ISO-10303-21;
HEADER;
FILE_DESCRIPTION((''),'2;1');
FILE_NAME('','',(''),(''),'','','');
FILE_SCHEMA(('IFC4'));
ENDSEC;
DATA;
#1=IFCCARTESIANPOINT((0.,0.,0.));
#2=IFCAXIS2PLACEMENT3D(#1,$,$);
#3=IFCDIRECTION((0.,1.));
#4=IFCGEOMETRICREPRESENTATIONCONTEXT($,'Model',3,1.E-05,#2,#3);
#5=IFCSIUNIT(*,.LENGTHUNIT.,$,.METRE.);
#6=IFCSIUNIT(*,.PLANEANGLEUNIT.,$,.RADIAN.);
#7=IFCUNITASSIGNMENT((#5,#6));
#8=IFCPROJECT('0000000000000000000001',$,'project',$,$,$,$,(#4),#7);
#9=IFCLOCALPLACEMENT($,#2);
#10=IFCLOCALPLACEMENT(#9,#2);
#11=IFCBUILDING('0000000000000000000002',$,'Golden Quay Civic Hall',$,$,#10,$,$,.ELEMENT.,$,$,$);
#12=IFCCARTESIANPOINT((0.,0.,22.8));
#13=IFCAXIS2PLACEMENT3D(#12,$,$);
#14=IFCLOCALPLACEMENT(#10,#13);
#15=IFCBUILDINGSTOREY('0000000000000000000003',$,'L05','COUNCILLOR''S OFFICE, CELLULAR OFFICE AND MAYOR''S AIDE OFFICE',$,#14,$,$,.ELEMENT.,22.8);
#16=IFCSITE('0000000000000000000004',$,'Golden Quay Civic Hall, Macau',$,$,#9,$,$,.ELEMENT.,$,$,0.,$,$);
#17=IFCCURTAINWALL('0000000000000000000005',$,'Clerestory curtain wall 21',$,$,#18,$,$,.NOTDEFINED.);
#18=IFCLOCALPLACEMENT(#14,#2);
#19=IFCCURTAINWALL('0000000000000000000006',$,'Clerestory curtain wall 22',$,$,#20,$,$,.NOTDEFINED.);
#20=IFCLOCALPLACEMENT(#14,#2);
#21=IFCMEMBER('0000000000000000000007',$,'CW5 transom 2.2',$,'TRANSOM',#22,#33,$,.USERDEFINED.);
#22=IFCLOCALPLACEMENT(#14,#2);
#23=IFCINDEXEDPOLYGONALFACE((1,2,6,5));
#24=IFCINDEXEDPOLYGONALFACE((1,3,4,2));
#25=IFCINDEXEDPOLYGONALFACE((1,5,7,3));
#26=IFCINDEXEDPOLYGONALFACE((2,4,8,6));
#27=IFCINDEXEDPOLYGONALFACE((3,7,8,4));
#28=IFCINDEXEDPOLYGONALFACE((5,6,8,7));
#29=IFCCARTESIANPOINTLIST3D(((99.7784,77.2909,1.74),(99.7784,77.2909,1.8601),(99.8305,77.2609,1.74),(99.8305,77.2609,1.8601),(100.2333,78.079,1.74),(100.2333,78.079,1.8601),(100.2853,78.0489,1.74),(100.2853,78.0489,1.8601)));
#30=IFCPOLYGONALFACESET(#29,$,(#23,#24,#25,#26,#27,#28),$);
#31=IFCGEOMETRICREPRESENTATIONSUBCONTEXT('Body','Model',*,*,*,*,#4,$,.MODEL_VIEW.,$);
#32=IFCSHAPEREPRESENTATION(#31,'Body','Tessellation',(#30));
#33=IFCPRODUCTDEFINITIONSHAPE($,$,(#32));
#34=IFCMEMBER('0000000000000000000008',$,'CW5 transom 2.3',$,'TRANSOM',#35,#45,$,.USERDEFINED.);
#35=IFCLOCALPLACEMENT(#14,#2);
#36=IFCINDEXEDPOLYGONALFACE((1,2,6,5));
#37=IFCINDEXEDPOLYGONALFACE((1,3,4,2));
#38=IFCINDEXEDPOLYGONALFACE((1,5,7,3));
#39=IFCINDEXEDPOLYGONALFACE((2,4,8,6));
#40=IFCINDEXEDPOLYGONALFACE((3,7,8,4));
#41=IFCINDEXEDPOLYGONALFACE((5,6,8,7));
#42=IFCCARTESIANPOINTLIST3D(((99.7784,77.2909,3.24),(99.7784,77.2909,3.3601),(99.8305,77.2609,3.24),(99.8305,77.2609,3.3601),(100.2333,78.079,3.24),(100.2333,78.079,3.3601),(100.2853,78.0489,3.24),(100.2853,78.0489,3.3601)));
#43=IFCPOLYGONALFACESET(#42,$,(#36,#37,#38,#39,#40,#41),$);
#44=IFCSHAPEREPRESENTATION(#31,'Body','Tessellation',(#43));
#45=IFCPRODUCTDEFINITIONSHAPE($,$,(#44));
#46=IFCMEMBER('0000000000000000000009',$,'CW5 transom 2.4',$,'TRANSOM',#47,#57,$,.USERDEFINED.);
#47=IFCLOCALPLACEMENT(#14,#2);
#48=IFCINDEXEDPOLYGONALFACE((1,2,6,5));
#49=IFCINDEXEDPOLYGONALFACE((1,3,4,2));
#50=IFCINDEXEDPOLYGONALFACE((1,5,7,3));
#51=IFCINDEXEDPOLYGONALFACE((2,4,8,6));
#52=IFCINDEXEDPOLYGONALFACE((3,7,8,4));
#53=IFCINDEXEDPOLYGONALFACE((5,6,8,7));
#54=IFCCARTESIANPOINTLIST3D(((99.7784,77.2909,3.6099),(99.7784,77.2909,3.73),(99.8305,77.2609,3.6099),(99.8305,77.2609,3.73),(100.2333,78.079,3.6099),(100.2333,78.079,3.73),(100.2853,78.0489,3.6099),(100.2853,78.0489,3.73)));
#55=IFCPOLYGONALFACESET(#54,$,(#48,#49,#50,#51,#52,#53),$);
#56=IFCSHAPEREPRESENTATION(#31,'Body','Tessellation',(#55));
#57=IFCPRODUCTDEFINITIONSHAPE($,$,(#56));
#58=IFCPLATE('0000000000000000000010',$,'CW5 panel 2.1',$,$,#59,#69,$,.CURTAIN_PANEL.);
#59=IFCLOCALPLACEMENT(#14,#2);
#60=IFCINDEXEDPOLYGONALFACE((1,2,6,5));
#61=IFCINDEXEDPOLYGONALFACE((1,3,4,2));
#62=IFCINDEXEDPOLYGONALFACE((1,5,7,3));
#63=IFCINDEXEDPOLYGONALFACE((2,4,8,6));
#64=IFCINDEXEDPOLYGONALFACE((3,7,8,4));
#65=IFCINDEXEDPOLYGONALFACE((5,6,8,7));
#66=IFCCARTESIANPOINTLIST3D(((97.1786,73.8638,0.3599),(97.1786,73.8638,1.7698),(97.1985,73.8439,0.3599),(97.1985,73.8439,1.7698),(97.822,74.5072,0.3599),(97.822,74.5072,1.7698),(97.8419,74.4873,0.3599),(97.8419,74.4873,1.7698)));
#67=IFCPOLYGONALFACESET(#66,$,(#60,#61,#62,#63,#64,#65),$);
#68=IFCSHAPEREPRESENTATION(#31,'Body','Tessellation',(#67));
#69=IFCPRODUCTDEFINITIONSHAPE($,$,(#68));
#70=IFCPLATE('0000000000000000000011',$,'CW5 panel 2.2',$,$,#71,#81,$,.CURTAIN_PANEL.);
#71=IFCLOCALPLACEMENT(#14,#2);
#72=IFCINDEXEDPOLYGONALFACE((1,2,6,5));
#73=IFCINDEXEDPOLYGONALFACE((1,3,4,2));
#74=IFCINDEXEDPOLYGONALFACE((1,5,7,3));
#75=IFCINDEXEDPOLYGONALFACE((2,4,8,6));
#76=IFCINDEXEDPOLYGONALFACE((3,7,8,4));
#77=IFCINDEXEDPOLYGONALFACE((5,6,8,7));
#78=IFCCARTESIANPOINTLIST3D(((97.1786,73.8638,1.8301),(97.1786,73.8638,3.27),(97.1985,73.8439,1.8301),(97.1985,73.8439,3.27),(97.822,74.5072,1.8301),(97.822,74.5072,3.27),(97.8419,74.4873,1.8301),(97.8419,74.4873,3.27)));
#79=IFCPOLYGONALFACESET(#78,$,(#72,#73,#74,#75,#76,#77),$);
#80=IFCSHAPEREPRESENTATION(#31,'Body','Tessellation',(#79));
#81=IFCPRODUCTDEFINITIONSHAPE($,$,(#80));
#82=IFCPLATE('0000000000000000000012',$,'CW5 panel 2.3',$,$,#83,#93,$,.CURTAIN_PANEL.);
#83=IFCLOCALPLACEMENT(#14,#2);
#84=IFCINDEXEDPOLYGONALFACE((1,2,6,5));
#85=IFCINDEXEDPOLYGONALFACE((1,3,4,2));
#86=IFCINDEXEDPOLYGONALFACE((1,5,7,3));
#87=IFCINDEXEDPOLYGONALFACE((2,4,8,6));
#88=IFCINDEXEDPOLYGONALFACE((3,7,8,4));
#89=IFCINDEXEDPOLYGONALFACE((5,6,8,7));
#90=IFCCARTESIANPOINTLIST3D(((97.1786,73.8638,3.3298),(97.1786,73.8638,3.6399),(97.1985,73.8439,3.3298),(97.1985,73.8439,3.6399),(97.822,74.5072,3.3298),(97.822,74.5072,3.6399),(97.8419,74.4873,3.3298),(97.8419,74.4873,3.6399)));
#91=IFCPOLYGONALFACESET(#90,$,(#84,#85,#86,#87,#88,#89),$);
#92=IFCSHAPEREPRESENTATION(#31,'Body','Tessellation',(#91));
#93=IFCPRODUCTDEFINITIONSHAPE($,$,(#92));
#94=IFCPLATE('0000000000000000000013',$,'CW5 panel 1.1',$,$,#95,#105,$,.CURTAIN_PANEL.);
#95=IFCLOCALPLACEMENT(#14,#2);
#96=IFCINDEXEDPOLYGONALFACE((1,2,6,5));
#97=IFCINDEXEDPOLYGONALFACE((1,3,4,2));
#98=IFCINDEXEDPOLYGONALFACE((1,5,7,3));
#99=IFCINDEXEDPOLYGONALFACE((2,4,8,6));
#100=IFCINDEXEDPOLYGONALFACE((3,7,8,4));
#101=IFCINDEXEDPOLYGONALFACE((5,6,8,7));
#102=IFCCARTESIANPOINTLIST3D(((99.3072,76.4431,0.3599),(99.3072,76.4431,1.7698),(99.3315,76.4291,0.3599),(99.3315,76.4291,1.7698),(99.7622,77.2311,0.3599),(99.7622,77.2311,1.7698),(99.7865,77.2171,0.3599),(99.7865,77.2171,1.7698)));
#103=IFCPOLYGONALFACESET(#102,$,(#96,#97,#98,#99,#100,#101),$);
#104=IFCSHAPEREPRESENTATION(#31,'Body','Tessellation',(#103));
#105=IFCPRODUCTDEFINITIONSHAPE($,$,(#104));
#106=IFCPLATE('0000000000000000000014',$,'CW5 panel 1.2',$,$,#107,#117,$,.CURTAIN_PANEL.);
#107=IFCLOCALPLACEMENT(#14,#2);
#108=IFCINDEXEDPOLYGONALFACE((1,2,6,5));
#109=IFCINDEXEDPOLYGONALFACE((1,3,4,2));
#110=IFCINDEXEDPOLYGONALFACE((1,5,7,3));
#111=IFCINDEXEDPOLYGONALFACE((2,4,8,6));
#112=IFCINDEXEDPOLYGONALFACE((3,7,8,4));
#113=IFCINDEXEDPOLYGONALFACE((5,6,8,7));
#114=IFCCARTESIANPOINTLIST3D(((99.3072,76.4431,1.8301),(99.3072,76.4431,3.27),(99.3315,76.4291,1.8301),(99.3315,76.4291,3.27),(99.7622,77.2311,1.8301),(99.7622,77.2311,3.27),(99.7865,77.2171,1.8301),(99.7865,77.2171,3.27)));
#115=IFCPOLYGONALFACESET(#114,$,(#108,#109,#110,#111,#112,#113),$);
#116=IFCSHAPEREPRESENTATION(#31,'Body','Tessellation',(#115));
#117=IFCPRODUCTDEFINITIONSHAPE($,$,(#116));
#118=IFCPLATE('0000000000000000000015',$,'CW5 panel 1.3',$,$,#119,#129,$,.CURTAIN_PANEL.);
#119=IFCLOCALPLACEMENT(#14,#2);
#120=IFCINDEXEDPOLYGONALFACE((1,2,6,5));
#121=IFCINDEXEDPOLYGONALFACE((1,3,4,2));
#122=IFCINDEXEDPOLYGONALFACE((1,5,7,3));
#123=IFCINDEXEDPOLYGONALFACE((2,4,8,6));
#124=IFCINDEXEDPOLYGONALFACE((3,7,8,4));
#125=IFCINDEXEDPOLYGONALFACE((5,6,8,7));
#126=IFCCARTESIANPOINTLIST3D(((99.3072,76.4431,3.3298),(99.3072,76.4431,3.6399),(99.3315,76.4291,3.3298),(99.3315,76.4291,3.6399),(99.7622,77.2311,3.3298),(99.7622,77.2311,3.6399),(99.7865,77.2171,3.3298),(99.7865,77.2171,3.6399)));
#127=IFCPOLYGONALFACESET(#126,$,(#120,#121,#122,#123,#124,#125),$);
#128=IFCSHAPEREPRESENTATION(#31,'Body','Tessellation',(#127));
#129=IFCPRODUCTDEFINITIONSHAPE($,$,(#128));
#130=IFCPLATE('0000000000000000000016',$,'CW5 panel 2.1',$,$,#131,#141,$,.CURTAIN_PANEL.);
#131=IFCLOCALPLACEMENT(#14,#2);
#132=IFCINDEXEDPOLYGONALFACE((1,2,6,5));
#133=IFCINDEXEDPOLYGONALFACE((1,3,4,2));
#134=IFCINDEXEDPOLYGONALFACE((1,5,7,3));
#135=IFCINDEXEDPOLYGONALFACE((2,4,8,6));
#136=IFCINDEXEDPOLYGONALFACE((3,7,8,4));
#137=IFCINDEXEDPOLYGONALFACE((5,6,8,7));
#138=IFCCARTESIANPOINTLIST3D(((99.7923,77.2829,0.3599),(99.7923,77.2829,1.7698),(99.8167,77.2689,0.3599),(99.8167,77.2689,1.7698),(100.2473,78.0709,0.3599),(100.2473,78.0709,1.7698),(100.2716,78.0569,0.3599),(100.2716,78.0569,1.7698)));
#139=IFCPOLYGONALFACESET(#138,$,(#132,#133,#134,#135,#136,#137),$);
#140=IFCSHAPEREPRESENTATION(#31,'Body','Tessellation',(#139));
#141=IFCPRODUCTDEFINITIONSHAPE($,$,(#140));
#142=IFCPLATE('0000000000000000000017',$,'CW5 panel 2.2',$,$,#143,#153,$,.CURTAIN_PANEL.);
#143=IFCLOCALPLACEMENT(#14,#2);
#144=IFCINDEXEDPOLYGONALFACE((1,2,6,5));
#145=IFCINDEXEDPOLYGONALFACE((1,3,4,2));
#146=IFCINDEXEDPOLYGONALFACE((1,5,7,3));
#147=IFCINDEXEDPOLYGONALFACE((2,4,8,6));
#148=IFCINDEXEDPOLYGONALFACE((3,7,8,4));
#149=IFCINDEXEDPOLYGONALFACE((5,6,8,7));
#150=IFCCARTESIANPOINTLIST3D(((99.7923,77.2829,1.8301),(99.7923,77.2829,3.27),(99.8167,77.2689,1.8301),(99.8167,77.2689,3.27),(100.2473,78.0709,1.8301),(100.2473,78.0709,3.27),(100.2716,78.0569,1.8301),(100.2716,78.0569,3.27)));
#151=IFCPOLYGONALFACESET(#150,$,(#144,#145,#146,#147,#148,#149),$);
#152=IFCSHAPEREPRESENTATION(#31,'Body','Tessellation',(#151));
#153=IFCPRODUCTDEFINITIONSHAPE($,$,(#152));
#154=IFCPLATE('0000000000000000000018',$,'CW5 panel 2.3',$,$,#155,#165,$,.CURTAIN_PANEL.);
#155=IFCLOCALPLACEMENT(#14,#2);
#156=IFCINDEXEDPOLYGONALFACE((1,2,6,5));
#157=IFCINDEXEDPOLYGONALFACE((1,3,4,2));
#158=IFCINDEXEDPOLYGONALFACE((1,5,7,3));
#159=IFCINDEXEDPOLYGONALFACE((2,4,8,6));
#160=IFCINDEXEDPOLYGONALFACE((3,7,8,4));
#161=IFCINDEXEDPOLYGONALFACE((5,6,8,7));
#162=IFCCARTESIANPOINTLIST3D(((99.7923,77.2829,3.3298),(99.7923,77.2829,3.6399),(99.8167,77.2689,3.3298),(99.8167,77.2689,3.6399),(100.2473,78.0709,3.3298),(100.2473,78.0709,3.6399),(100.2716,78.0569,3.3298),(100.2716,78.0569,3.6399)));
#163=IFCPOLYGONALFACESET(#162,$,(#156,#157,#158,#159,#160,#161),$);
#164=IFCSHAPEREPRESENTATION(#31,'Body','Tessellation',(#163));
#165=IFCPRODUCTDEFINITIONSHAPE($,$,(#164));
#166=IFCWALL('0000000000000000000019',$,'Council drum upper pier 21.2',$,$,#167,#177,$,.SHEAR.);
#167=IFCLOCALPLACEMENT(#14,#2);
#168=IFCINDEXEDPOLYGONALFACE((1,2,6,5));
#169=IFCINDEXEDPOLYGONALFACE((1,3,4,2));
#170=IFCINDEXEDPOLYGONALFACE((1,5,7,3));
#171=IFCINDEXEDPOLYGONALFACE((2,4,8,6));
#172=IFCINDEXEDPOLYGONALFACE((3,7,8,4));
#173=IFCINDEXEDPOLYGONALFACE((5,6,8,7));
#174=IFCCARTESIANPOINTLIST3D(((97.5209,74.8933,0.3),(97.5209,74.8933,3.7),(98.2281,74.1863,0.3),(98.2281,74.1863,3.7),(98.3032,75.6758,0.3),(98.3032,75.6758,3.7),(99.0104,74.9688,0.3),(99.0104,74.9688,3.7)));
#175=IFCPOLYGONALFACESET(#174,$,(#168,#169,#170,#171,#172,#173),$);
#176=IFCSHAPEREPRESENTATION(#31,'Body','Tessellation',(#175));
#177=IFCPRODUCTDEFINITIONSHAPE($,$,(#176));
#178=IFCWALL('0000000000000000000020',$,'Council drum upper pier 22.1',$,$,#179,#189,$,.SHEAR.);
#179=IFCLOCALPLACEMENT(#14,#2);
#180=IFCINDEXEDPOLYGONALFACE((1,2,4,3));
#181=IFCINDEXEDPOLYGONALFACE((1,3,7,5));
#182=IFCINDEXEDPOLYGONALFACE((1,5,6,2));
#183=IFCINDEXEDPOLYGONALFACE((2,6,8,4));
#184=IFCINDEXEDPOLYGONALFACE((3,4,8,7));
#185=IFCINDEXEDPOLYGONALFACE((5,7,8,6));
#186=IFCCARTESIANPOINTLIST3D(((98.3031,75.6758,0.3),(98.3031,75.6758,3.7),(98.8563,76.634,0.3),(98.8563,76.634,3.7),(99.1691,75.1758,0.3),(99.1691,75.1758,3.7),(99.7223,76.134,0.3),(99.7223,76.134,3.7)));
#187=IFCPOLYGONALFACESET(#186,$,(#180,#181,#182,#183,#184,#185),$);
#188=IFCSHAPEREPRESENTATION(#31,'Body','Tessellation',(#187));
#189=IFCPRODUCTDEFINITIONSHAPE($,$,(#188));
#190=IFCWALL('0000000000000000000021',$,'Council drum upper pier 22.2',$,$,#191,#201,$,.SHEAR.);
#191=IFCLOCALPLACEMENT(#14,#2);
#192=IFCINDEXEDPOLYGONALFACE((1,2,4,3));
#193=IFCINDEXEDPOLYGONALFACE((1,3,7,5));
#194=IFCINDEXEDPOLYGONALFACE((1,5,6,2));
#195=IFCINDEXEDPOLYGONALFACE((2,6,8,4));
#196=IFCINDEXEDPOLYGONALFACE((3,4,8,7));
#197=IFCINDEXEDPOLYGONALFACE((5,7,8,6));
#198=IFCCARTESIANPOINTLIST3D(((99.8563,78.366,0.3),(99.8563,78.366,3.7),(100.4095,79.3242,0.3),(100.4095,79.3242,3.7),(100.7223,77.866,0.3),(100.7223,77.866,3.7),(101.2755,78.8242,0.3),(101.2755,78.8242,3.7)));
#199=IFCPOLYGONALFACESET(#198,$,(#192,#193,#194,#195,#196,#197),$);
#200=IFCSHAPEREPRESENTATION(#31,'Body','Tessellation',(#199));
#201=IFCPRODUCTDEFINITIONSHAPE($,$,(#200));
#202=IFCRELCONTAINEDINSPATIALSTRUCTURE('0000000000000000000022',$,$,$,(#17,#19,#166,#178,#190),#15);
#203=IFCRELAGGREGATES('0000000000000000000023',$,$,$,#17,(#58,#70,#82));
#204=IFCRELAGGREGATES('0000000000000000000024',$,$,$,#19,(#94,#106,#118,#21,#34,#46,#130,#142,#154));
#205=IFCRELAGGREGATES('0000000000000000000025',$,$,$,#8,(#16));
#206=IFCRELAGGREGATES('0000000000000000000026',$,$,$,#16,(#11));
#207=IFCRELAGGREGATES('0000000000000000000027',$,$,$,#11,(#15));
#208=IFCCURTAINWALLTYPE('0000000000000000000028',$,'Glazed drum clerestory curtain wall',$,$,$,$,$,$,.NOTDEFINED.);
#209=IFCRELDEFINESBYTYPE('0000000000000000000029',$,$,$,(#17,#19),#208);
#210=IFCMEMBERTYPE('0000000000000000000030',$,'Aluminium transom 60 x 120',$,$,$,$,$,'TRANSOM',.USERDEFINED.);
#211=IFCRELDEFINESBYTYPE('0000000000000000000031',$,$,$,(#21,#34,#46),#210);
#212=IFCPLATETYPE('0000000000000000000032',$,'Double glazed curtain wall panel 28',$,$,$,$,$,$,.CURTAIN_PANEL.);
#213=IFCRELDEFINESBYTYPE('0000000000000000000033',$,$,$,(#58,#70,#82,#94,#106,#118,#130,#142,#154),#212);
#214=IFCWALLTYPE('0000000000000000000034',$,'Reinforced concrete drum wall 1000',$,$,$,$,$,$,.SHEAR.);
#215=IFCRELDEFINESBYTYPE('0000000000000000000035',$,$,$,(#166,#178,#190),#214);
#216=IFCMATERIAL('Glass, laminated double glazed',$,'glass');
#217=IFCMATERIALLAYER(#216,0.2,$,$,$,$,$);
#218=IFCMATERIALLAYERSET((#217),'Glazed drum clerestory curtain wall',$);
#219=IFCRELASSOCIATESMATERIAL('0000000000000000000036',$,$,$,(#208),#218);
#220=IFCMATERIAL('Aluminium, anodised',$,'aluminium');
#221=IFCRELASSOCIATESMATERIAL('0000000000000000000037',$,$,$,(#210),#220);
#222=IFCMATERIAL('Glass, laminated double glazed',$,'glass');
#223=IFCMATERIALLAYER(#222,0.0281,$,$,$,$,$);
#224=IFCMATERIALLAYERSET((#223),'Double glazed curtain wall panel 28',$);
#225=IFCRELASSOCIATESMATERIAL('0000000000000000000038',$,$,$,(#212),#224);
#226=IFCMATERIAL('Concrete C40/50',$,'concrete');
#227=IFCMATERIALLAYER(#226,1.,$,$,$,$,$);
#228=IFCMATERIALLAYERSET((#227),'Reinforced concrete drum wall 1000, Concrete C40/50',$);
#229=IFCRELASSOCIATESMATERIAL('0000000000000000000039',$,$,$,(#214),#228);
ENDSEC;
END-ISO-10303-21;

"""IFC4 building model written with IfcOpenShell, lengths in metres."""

from ifc_helpers import new_model, si_unit, direction, frame, frame_2d, origin, origin_2d, place, context, subcontext, project, spatial, rectangle, extrude, material, layer, layer_set, material_profile, profile_set, type_object, element, aggregate, save


model = new_model("IFC4")

# Units and contexts
model_context = context("Model", 3, precision=1e-05, world=origin(), true_north=direction((0.0, 1.0)))
body_context = subcontext(model_context, "Body", "Model", "MODEL_VIEW")
ifc_project = project(units=[si_unit("LENGTHUNIT", "METRE"), si_unit("PLANEANGLEUNIT", "RADIAN")], contexts=[model_context])

# Site, building, storey
site_placement = place(None, origin())
site = spatial("IfcSite", under=ifc_project, at=site_placement, Name="Golden Quay Civic Hall, Macau", CompositionType="ELEMENT", RefElevation=0.0)
building_placement = place(site_placement, origin())
building = spatial("IfcBuilding", under=site, at=building_placement, Name="Golden Quay Civic Hall", CompositionType="ELEMENT")
storey_placement = place(building_placement, frame((0.0, 0.0, 22.8)))
storey = spatial("IfcBuildingStorey", under=building, at=storey_placement, Name="L05", Description="COUNCILLOR'S OFFICE, CELLULAR OFFICE AND MAYOR'S AIDE OFFICE", CompositionType="ELEMENT", Elevation=22.8)

# Curtain walls
ifc_material_1 = material(Name="Glass, laminated double glazed", Category="glass")
ifc_layer_1 = layer(ifc_material_1, 0.2)
ifc_layer_set_1 = layer_set([ifc_layer_1], Name="Glazed drum clerestory curtain wall")
curtain_wall_type = type_object("IfcCurtainWallType", Name="Glazed drum clerestory curtain wall", PredefinedType="NOTDEFINED", material=ifc_layer_set_1)
curtain_wall_1_placement = place(storey_placement, origin())
curtain_wall_1 = element("IfcCurtainWall", 1, at=curtain_wall_1_placement, inside=storey, type_object=curtain_wall_type, Name="Clerestory curtain wall 21", PredefinedType="NOTDEFINED")
curtain_wall_2_placement = place(storey_placement, origin())
curtain_wall_2 = element("IfcCurtainWall", 2, at=curtain_wall_2_placement, inside=storey, type_object=curtain_wall_type, Name="Clerestory curtain wall 22", PredefinedType="NOTDEFINED")

# Members
ifc_material_2 = material(Name="Aluminium, anodised", Category="aluminium")
ifc_material_profile_1 = material_profile(ifc_material_2, rectangle(XDim=0.0601, YDim=0.1201, at=origin_2d()), Name="Aluminium 60 x 120")
ifc_profile_set_1 = profile_set([ifc_material_profile_1], Name="Aluminium, anodised")
member_type_1 = type_object("IfcMemberType", Name="Aluminium transom 60 x 120", ElementType="TRANSOM", PredefinedType="USERDEFINED", material=ifc_profile_set_1)
member_1_placement = place(storey_placement, frame((99.8044, 77.2759, 1.8), z_axis=(0.499862, 0.866105, 0.0), x_axis=(-0.866105, 0.499862, 0.0)))
member_1 = element("IfcMember", 3, at=member_1_placement, type_object=member_type_1, Name="CW5 transom 2.2", ObjectType="TRANSOM", PredefinedType="USERDEFINED", context=body_context, shape_type="SweptSolid", body=[
    extrude(rectangle(XDim=0.0601, YDim=0.1201, at=origin_2d()), origin(), (0.0, 0.0, 1.0), 0.9099),
])
member_2_placement = place(storey_placement, frame((99.8044, 77.2759, 3.3), z_axis=(0.499862, 0.866105, 0.0), x_axis=(-0.866105, 0.499862, 0.0)))
member_2 = element("IfcMember", 4, at=member_2_placement, type_object=member_type_1, Name="CW5 transom 2.3", ObjectType="TRANSOM", PredefinedType="USERDEFINED", context=body_context, shape_type="SweptSolid", body=[
    extrude(rectangle(XDim=0.0601, YDim=0.1201, at=origin_2d()), origin(), (0.0, 0.0, 1.0), 0.9099),
])
member_3_placement = place(storey_placement, frame((99.8044, 77.2759, 3.6699), z_axis=(0.499862, 0.866105, 0.0), x_axis=(-0.866105, 0.499862, 0.0)))
member_3 = element("IfcMember", 5, at=member_3_placement, type_object=member_type_1, Name="CW5 transom 2.4", ObjectType="TRANSOM", PredefinedType="USERDEFINED", context=body_context, shape_type="SweptSolid", body=[
    extrude(rectangle(XDim=0.0601, YDim=0.1201, at=origin_2d()), origin(), (0.0, 0.0, 1.0), 0.9099),
])

# Plates
ifc_material_3 = material(Name="Glass, laminated double glazed", Category="glass")
ifc_layer_2 = layer(ifc_material_3, 0.0281)
ifc_layer_set_2 = layer_set([ifc_layer_2], Name="Double glazed curtain wall panel 28")
plate_type = type_object("IfcPlateType", Name="Double glazed curtain wall panel 28", PredefinedType="CURTAIN_PANEL", material=ifc_layer_set_2)
plate_1_placement = place(storey_placement, frame((97.5103, 74.1755, 0.3599), z_axis=(0.0, 0.0, 1.0), x_axis=(0.707107, 0.707107, 0.0)))
plate_1 = element("IfcPlate", 6, at=plate_1_placement, type_object=plate_type, Name="CW5 panel 2.1", PredefinedType="CURTAIN_PANEL", context=body_context, shape_type="SweptSolid", body=[
    extrude(rectangle(XDim=0.9099, YDim=0.0281, at=origin_2d()), origin(), (0.0, 0.0, 1.0), 1.4099),
])
plate_2_placement = place(storey_placement, frame((97.5103, 74.1755, 1.8301), z_axis=(0.0, 0.0, 1.0), x_axis=(0.707107, 0.707107, 0.0)))
plate_2 = element("IfcPlate", 7, at=plate_2_placement, type_object=plate_type, Name="CW5 panel 2.2", PredefinedType="CURTAIN_PANEL", context=body_context, shape_type="SweptSolid", body=[
    extrude(rectangle(XDim=0.9099, YDim=0.0281, at=origin_2d()), origin(), (0.0, 0.0, 1.0), 1.4399),
])
plate_3_placement = place(storey_placement, frame((97.5103, 74.1755, 3.3298), z_axis=(0.0, 0.0, 1.0), x_axis=(0.707107, 0.707107, 0.0)))
plate_3 = element("IfcPlate", 8, at=plate_3_placement, type_object=plate_type, Name="CW5 panel 2.3", PredefinedType="CURTAIN_PANEL", context=body_context, shape_type="SweptSolid", body=[
    extrude(rectangle(XDim=0.9099, YDim=0.0281, at=origin_2d()), origin(), (0.0, 0.0, 1.0), 0.3101),
])
aggregate(curtain_wall_1, [plate_1, plate_2, plate_3])
plate_4_placement = place(storey_placement, frame((99.5469, 76.8301, 0.3599), z_axis=(0.0, 0.0, 1.0), x_axis=(0.500011, 0.866019, 0.0)))
plate_4 = element("IfcPlate", 9, at=plate_4_placement, type_object=plate_type, Name="CW5 panel 1.1", PredefinedType="CURTAIN_PANEL", context=body_context, shape_type="SweptSolid", body=[
    extrude(rectangle(XDim=0.9099, YDim=0.0281, at=origin_2d()), origin(), (0.0, 0.0, 1.0), 1.4099),
])
plate_5_placement = place(storey_placement, frame((99.5469, 76.8301, 1.8301), z_axis=(0.0, 0.0, 1.0), x_axis=(0.500011, 0.866019, 0.0)))
plate_5 = element("IfcPlate", 10, at=plate_5_placement, type_object=plate_type, Name="CW5 panel 1.2", PredefinedType="CURTAIN_PANEL", context=body_context, shape_type="SweptSolid", body=[
    extrude(rectangle(XDim=0.9099, YDim=0.0281, at=origin_2d()), origin(), (0.0, 0.0, 1.0), 1.4399),
])
plate_6_placement = place(storey_placement, frame((99.5469, 76.8301, 3.3298), z_axis=(0.0, 0.0, 1.0), x_axis=(0.500011, 0.866019, 0.0)))
plate_6 = element("IfcPlate", 11, at=plate_6_placement, type_object=plate_type, Name="CW5 panel 1.3", PredefinedType="CURTAIN_PANEL", context=body_context, shape_type="SweptSolid", body=[
    extrude(rectangle(XDim=0.9099, YDim=0.0281, at=origin_2d()), origin(), (0.0, 0.0, 1.0), 0.3101),
])
plate_7_placement = place(storey_placement, frame((100.032, 77.6699, 0.3599), z_axis=(0.0, 0.0, 1.0), x_axis=(0.500011, 0.866019, 0.0)))
plate_7 = element("IfcPlate", 12, at=plate_7_placement, type_object=plate_type, Name="CW5 panel 2.1", PredefinedType="CURTAIN_PANEL", context=body_context, shape_type="SweptSolid", body=[
    extrude(rectangle(XDim=0.9099, YDim=0.0281, at=origin_2d()), origin(), (0.0, 0.0, 1.0), 1.4099),
])
plate_8_placement = place(storey_placement, frame((100.032, 77.6699, 1.8301), z_axis=(0.0, 0.0, 1.0), x_axis=(0.500011, 0.866019, 0.0)))
plate_8 = element("IfcPlate", 13, at=plate_8_placement, type_object=plate_type, Name="CW5 panel 2.2", PredefinedType="CURTAIN_PANEL", context=body_context, shape_type="SweptSolid", body=[
    extrude(rectangle(XDim=0.9099, YDim=0.0281, at=origin_2d()), origin(), (0.0, 0.0, 1.0), 1.4399),
])
plate_9_placement = place(storey_placement, frame((100.032, 77.6699, 3.3298), z_axis=(0.0, 0.0, 1.0), x_axis=(0.500011, 0.866019, 0.0)))
plate_9 = element("IfcPlate", 14, at=plate_9_placement, type_object=plate_type, Name="CW5 panel 2.3", PredefinedType="CURTAIN_PANEL", context=body_context, shape_type="SweptSolid", body=[
    extrude(rectangle(XDim=0.9099, YDim=0.0281, at=origin_2d()), origin(), (0.0, 0.0, 1.0), 0.3101),
])
aggregate(curtain_wall_2, [plate_4, plate_5, plate_6, member_1, member_2, member_3, plate_7, plate_8, plate_9])

# Walls
ifc_material_4 = material(Name="Concrete C40/50", Category="concrete")
ifc_layer_3 = layer(ifc_material_4, 1.0)
ifc_layer_set_3 = layer_set([ifc_layer_3], Name="Reinforced concrete drum wall 1000, Concrete C40/50")
wall_type_1 = type_object("IfcWallType", Name="Reinforced concrete drum wall 1000", PredefinedType="SHEAR", material=ifc_layer_set_3)
for number, where, z_axis, x_axis, name in (
    (15, (97.8745, 74.5398, 0.3), (0.0, 0.0, 1.0), (0.706996, 0.707217, 0.0), "Council drum upper pier 21.2"),
    (16, (98.7361, 75.4258, 0.3), (0.0, 0.0, 1.0), (0.499983, 0.866035, 0.0), "Council drum upper pier 22.1"),
    (17, (100.2893, 78.116, 0.3), (0.0, 0.0, 1.0), (0.499983, 0.866035, 0.0), "Council drum upper pier 22.2"),
):
    element("IfcWall", number, at=place(storey_placement, frame(where, z_axis=z_axis, x_axis=x_axis)), inside=storey, type_object=wall_type_1, Name=name, PredefinedType="SHEAR", context=body_context, shape_type="SweptSolid", body=[
        extrude(rectangle(XDim=1.1064, YDim=1.0, at=frame_2d((0.5532, 0.0))), origin(), (0.0, 0.0, 1.0), 3.3999),
    ])

save(model, "model.ifc")
